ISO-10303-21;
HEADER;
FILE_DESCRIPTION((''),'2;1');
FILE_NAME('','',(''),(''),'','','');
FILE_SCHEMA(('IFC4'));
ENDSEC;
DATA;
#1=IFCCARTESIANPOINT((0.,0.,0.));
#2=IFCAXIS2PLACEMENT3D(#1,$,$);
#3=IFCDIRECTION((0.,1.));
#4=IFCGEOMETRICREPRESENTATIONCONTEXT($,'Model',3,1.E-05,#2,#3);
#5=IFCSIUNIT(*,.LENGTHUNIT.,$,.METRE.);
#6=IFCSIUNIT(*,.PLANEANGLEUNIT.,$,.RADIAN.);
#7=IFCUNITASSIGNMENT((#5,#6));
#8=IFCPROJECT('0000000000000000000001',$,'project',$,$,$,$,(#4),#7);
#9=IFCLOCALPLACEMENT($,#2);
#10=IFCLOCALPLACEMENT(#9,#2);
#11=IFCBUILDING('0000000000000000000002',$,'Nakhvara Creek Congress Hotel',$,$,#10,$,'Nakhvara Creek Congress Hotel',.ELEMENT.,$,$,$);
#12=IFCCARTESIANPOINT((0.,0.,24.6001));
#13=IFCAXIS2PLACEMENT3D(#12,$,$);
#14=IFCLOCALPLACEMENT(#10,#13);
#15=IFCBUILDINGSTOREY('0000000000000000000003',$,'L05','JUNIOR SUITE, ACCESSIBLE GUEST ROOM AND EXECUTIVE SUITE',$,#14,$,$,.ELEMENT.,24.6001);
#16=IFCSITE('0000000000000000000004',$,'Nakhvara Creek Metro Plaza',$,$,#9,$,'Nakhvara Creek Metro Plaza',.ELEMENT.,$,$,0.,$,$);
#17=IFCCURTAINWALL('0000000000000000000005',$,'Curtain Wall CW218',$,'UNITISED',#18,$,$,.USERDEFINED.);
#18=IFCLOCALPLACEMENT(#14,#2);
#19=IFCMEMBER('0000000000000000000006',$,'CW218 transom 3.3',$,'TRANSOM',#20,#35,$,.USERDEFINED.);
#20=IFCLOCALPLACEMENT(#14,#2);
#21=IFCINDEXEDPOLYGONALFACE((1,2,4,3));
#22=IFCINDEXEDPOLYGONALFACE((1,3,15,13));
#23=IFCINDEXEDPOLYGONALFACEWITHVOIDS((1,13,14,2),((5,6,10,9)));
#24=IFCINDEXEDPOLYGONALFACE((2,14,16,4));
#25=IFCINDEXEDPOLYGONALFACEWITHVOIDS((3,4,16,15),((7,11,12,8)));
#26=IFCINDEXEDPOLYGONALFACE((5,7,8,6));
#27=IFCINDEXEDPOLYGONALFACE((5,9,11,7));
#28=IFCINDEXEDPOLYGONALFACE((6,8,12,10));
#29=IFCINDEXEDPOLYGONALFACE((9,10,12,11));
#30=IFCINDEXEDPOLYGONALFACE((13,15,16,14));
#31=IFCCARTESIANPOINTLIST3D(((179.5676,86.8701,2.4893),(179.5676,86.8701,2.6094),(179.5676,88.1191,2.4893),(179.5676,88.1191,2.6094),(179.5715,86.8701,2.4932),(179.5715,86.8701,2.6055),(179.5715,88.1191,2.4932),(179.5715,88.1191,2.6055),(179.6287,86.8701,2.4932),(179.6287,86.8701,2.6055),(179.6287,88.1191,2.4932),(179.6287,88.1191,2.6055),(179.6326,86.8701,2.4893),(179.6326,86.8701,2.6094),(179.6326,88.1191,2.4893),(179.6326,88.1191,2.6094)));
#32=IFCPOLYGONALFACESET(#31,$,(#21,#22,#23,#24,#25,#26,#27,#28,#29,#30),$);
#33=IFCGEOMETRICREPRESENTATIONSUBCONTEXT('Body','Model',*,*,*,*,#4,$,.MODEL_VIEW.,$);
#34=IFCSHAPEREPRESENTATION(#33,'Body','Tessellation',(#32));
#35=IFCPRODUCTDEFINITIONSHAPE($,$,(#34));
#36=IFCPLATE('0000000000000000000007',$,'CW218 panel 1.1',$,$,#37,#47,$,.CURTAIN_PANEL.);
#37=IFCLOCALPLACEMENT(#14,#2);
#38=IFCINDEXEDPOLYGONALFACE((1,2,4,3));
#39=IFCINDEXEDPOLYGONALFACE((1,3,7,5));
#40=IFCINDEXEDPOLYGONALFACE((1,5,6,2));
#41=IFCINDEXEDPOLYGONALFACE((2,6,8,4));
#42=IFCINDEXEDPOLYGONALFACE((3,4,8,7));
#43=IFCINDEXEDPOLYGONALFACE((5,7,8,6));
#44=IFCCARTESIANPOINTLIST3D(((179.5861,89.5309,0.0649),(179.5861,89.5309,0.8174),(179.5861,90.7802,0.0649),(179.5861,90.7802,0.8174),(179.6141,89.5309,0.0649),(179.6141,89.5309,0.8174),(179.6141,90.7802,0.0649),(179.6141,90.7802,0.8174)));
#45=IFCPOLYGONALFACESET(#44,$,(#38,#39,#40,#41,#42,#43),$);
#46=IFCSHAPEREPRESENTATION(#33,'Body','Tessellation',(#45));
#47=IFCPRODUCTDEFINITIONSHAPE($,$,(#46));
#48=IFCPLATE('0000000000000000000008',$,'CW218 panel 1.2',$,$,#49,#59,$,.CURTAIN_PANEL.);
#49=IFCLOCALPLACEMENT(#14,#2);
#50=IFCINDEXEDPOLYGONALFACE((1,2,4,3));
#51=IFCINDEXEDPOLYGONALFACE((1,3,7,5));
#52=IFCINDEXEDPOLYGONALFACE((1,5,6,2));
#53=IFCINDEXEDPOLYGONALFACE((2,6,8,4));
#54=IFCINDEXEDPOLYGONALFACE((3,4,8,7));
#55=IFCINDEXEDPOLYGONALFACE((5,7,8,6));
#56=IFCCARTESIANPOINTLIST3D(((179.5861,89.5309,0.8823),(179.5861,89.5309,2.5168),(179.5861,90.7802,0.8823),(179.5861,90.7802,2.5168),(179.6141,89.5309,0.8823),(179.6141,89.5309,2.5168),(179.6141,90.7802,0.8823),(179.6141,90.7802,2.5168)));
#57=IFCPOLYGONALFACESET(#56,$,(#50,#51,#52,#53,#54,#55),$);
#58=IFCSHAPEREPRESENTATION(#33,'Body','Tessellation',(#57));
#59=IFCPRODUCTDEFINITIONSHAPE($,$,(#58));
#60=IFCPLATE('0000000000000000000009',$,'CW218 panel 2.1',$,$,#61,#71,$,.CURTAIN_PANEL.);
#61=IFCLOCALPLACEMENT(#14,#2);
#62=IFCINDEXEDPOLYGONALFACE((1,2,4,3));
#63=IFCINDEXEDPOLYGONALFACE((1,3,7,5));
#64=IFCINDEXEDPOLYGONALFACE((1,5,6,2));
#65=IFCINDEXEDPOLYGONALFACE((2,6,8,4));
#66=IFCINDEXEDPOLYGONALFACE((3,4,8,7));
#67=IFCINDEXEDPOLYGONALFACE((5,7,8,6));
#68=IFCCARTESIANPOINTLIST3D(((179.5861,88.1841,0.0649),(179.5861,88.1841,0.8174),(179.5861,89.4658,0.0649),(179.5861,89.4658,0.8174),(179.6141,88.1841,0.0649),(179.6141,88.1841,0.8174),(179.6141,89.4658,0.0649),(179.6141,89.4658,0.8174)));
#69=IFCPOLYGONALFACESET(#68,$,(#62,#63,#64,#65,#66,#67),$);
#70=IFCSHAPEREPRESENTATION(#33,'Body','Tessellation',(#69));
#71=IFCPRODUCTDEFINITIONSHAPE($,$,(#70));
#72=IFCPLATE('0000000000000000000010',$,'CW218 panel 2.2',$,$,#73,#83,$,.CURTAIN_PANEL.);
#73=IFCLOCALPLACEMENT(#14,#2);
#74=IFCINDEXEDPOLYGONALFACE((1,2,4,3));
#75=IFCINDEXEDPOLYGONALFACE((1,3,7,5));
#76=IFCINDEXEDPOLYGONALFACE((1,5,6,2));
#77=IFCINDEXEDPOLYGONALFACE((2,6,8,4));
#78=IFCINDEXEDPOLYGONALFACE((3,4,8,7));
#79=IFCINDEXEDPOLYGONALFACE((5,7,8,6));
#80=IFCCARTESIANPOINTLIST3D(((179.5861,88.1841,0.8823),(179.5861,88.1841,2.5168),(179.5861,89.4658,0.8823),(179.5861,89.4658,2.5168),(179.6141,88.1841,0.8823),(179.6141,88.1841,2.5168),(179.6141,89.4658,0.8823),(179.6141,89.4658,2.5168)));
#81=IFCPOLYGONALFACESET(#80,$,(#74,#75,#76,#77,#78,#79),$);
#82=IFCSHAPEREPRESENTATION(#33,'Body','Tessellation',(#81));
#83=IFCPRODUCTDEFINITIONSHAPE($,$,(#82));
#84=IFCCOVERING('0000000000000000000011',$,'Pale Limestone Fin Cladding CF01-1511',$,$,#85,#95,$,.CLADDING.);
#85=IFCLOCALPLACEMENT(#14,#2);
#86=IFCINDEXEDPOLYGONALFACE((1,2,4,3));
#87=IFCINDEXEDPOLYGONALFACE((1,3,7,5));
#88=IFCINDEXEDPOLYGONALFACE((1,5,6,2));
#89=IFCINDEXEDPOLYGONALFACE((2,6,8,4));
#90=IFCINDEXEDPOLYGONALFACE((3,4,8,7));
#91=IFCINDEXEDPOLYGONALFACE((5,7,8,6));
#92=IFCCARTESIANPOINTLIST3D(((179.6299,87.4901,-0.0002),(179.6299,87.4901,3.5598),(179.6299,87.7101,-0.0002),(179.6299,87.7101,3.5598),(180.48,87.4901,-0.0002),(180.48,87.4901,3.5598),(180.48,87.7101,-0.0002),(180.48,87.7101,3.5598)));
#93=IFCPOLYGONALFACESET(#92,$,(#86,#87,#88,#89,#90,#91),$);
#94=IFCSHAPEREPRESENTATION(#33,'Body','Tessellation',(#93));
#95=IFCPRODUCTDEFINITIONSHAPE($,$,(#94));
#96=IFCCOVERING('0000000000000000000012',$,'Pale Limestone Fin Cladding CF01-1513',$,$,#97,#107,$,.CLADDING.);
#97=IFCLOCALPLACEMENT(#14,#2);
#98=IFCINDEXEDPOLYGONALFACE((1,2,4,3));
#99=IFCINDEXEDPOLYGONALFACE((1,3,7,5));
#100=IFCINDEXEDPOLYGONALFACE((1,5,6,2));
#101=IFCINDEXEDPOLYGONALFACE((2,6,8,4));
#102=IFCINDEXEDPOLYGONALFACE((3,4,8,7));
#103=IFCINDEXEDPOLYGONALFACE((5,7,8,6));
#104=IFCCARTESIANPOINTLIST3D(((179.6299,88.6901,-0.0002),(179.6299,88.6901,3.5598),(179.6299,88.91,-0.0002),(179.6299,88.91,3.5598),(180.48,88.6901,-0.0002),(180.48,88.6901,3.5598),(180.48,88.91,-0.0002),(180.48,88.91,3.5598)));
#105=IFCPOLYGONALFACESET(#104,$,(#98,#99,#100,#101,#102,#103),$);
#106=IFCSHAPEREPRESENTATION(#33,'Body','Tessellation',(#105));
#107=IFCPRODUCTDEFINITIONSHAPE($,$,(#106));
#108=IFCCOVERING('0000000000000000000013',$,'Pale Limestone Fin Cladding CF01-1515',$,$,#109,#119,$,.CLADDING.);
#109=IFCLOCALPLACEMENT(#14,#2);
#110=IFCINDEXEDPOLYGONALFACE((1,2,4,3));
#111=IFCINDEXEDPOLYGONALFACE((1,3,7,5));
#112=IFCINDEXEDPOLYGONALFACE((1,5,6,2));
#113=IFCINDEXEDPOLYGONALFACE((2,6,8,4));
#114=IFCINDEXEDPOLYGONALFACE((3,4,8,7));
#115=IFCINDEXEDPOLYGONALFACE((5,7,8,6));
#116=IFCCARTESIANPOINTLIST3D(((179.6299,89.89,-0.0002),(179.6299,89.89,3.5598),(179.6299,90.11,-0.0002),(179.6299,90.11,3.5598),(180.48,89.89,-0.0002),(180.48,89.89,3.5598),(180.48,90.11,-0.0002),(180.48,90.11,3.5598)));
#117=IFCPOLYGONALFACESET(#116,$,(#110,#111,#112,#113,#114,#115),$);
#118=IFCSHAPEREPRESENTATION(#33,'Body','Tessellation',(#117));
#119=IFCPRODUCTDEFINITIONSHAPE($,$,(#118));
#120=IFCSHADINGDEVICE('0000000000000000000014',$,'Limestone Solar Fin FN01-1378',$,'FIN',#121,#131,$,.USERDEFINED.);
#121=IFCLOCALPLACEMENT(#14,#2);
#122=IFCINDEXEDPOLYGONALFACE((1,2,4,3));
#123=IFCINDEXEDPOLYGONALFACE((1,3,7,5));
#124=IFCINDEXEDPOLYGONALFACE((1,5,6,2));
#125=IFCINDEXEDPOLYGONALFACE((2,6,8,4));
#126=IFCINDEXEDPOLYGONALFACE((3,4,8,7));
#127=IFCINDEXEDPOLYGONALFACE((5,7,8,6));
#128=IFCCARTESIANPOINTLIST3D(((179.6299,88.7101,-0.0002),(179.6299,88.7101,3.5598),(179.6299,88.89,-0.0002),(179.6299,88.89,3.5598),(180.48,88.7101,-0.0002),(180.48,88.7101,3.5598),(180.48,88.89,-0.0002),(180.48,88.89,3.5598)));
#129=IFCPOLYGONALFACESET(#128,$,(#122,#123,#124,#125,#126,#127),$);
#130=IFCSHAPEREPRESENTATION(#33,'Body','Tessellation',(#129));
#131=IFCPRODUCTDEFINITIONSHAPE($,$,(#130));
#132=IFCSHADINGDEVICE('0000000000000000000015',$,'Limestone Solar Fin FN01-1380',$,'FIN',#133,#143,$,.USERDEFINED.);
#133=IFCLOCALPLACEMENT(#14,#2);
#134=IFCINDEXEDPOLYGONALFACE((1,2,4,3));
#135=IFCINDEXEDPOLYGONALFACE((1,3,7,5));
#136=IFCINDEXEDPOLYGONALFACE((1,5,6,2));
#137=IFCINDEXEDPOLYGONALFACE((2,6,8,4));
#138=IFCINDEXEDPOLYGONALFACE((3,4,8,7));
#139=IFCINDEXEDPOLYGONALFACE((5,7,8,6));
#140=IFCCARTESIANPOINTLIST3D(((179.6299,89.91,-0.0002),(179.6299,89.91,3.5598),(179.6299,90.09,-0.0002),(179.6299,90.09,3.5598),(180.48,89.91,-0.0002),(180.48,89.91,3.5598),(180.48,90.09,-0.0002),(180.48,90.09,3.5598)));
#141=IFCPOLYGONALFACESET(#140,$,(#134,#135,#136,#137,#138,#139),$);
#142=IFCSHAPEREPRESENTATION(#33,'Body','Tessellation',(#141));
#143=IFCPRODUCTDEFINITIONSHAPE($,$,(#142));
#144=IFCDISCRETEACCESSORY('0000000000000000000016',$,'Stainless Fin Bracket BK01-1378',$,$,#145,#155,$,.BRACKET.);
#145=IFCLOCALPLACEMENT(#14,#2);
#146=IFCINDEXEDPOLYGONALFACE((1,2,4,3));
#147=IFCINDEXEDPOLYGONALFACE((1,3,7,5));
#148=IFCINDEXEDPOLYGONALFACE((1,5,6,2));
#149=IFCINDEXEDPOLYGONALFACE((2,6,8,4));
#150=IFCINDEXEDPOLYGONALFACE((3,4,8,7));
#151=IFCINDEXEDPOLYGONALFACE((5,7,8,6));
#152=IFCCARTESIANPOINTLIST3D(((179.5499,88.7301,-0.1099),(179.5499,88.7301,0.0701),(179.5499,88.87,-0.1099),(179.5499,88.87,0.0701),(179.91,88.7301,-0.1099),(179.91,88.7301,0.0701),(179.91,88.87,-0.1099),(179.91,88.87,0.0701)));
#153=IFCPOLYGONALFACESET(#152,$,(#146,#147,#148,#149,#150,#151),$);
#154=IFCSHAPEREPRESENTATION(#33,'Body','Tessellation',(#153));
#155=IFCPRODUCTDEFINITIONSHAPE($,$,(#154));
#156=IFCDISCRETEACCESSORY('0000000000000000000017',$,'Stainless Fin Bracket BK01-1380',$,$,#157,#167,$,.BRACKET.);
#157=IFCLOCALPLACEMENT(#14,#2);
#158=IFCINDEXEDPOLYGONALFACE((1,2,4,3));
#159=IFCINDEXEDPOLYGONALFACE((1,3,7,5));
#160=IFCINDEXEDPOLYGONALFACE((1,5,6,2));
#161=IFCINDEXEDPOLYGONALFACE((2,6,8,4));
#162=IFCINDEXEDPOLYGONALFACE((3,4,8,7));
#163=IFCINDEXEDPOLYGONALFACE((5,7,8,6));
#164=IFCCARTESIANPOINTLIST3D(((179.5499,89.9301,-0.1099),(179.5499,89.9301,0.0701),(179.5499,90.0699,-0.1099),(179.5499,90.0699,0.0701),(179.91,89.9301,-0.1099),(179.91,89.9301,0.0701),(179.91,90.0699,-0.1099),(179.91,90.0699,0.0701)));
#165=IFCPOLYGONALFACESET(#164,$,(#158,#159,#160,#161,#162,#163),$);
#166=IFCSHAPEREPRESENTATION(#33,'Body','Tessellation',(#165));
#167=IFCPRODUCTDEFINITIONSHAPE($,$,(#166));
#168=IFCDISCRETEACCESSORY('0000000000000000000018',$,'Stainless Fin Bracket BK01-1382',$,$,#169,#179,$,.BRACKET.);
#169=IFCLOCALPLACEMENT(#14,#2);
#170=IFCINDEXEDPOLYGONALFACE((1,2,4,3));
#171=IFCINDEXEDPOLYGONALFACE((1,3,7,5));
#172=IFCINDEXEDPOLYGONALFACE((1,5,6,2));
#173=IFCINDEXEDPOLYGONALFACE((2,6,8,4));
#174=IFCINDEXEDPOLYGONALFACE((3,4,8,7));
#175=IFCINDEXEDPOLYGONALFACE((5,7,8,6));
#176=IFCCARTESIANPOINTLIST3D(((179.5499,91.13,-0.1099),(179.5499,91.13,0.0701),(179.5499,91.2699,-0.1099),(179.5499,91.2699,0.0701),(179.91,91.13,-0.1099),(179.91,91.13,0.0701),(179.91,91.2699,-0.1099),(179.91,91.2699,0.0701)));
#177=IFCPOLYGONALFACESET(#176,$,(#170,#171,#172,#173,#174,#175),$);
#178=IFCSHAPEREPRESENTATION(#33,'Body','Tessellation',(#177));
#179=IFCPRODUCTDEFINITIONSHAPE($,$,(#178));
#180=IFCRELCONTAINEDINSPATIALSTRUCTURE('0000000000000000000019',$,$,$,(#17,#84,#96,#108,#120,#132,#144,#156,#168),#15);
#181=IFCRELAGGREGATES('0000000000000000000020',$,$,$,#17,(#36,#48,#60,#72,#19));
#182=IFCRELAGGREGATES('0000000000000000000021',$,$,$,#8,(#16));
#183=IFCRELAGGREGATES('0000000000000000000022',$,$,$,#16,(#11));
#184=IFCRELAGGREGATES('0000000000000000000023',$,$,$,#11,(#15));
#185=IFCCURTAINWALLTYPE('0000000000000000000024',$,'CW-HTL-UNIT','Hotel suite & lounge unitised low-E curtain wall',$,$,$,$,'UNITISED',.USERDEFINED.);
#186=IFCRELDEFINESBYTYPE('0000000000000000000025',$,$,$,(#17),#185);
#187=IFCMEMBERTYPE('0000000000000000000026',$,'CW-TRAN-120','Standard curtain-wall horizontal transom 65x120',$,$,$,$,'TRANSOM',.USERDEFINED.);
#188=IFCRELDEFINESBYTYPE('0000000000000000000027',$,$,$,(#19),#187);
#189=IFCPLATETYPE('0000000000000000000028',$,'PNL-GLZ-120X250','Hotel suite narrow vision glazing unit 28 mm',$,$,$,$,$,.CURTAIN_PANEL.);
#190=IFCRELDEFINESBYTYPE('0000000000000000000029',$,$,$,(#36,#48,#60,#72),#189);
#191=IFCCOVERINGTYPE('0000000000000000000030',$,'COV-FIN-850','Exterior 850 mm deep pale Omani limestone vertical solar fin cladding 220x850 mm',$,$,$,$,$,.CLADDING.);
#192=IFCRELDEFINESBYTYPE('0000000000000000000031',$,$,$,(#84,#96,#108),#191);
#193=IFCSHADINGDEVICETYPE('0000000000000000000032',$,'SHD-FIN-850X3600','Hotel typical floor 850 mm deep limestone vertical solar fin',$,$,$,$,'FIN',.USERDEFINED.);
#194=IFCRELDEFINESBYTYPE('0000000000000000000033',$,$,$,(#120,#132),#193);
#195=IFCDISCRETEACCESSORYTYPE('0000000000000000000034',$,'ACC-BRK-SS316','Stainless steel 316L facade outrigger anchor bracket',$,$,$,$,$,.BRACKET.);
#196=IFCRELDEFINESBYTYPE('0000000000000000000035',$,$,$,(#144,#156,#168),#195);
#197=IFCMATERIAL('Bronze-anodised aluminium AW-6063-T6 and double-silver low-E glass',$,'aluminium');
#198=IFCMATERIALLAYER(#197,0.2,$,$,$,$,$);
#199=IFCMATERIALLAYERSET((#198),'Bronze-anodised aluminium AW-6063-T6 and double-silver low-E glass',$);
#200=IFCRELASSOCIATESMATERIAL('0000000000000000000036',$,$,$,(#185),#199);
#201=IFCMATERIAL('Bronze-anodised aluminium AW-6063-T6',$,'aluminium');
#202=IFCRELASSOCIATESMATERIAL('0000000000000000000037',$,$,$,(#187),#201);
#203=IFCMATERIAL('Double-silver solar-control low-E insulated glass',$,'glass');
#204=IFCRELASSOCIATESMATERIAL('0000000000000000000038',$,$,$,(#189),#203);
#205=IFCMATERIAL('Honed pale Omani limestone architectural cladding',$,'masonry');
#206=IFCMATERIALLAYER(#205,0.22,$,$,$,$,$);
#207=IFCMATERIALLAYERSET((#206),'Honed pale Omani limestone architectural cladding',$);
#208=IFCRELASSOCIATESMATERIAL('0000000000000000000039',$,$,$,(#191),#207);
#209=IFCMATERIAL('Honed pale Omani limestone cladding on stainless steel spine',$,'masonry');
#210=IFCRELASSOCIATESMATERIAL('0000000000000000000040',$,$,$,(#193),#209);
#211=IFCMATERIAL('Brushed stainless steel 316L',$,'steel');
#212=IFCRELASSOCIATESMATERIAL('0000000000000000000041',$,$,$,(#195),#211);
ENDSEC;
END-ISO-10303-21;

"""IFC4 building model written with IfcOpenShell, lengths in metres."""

from ifc_helpers import new_model, si_unit, direction, frame, origin, origin_2d, place, context, subcontext, project, spatial, rectangle, hollow_rectangle, extrude, material, layer, layer_set, material_profile, profile_set, type_object, element, aggregate, save


model = new_model("IFC4")

# Units and contexts
model_context = context("Model", 3, precision=1e-05, world=origin(), true_north=direction((0.0, 1.0)))
body_context = subcontext(model_context, "Body", "Model", "MODEL_VIEW")
ifc_project = project(units=[si_unit("LENGTHUNIT", "METRE"), si_unit("PLANEANGLEUNIT", "RADIAN")], contexts=[model_context])

# Site, building, storey
site_placement = place(None, origin())
site = spatial("IfcSite", under=ifc_project, at=site_placement, Name="Nakhvara Creek Metro Plaza", LongName="Nakhvara Creek Metro Plaza", CompositionType="ELEMENT", RefElevation=0.0)
building_placement = place(site_placement, origin())
building = spatial("IfcBuilding", under=site, at=building_placement, Name="Nakhvara Creek Congress Hotel", LongName="Nakhvara Creek Congress Hotel", CompositionType="ELEMENT")
storey_placement = place(building_placement, frame((0.0, 0.0, 24.6001)))
storey = spatial("IfcBuildingStorey", under=building, at=storey_placement, Name="L05", Description="JUNIOR SUITE, ACCESSIBLE GUEST ROOM AND EXECUTIVE SUITE", CompositionType="ELEMENT", Elevation=24.6001)

# Curtain wall, member, plates
ifc_material_1 = material(Name="Bronze-anodised aluminium AW-6063-T6 and double-silver low-E glass", Category="aluminium")
ifc_layer_1 = layer(ifc_material_1, 0.2)
ifc_layer_set_1 = layer_set([ifc_layer_1], Name="Bronze-anodised aluminium AW-6063-T6 and double-silver low-E glass")
curtain_wall_type = type_object("IfcCurtainWallType", Name="CW-HTL-UNIT", Description="Hotel suite & lounge unitised low-E curtain wall", ElementType="UNITISED", PredefinedType="USERDEFINED", material=ifc_layer_set_1)
curtain_wall_placement = place(storey_placement, origin())
curtain_wall = element("IfcCurtainWall", 1, at=curtain_wall_placement, inside=storey, type_object=curtain_wall_type, Name="Curtain Wall CW218", ObjectType="UNITISED", PredefinedType="USERDEFINED")
ifc_material_2 = material(Name="Bronze-anodised aluminium AW-6063-T6", Category="aluminium")
ifc_material_profile_1 = material_profile(ifc_material_2, hollow_rectangle(XDim=0.0649, YDim=0.1201, WallThickness=0.0039, at=origin_2d()), Name="ALU-TRAN 65x120x4", Category="LoadBearing")
ifc_profile_set_1 = profile_set([ifc_material_profile_1], Name="Bronze-anodised aluminium AW-6063-T6")
member_type_1 = type_object("IfcMemberType", Name="CW-TRAN-120", Description="Standard curtain-wall horizontal transom 65x120", ElementType="TRANSOM", PredefinedType="USERDEFINED", material=ifc_profile_set_1)
member_1_placement = place(storey_placement, frame((179.6001, 88.1191, 2.5493), z_axis=(0.0, -1.0, 0.0), x_axis=(1.0, 0.0, 0.0)))
member_1 = element("IfcMember", 2, at=member_1_placement, type_object=member_type_1, Name="CW218 transom 3.3", ObjectType="TRANSOM", PredefinedType="USERDEFINED", context=body_context, shape_type="SweptSolid", body=[
    extrude(hollow_rectangle(XDim=0.0649, YDim=0.1201, WallThickness=0.0039, at=origin_2d()), origin(), (0.0, 0.0, 1.0), 1.249),
])
ifc_material_3 = material(Name="Double-silver solar-control low-E insulated glass", Category="glass")
plate_type = type_object("IfcPlateType", Name="PNL-GLZ-120X250", Description="Hotel suite narrow vision glazing unit 28 mm", PredefinedType="CURTAIN_PANEL", material=ifc_material_3)
plate_1_placement = place(storey_placement, frame((179.6001, 90.1555, 0.0649), z_axis=(0.0, 0.0, 1.0), x_axis=(0.0, -1.0, 0.0)))
plate_1 = element("IfcPlate", 3, at=plate_1_placement, type_object=plate_type, Name="CW218 panel 1.1", PredefinedType="CURTAIN_PANEL", context=body_context, shape_type="SweptSolid", body=[
    extrude(rectangle(XDim=1.2493, YDim=0.0281, at=origin_2d()), origin(), (0.0, 0.0, 1.0), 0.7524),
])
plate_2_placement = place(storey_placement, frame((179.6001, 90.1555, 0.8823), z_axis=(0.0, 0.0, 1.0), x_axis=(0.0, -1.0, 0.0)))
plate_2 = element("IfcPlate", 4, at=plate_2_placement, type_object=plate_type, Name="CW218 panel 1.2", PredefinedType="CURTAIN_PANEL", context=body_context, shape_type="SweptSolid", body=[
    extrude(rectangle(XDim=1.2493, YDim=0.0281, at=origin_2d()), origin(), (0.0, 0.0, 1.0), 1.6345),
])
plate_3_placement = place(storey_placement, frame((179.6001, 88.825, 0.0649), z_axis=(0.0, 0.0, 1.0), x_axis=(0.0, -1.0, 0.0)))
plate_3 = element("IfcPlate", 5, at=plate_3_placement, type_object=plate_type, Name="CW218 panel 2.1", PredefinedType="CURTAIN_PANEL", context=body_context, shape_type="SweptSolid", body=[
    extrude(rectangle(XDim=1.2817, YDim=0.0281, at=origin_2d()), origin(), (0.0, 0.0, 1.0), 0.7524),
])
plate_4_placement = place(storey_placement, frame((179.6001, 88.825, 0.8823), z_axis=(0.0, 0.0, 1.0), x_axis=(0.0, -1.0, 0.0)))
plate_4 = element("IfcPlate", 6, at=plate_4_placement, type_object=plate_type, Name="CW218 panel 2.2", PredefinedType="CURTAIN_PANEL", context=body_context, shape_type="SweptSolid", body=[
    extrude(rectangle(XDim=1.2817, YDim=0.0281, at=origin_2d()), origin(), (0.0, 0.0, 1.0), 1.6345),
])
aggregate(curtain_wall, [plate_1, plate_2, plate_3, plate_4, member_1])

# Coverings
ifc_material_4 = material(Name="Honed pale Omani limestone architectural cladding", Category="masonry")
ifc_layer_2 = layer(ifc_material_4, 0.22)
ifc_layer_set_2 = layer_set([ifc_layer_2], Name="Honed pale Omani limestone architectural cladding")
covering_type = type_object("IfcCoveringType", Name="COV-FIN-850", Description="Exterior 850 mm deep pale Omani limestone vertical solar fin cladding 220x850 mm", PredefinedType="CLADDING", material=ifc_layer_set_2)
for number, where, z_axis, x_axis, name in (
    (7, (180.0549, 87.6001, -0.0002), (0.0, 0.0, 1.0), (0.0, 1.0, 0.0), "Pale Limestone Fin Cladding CF01-1511"),
    (8, (180.0549, 88.8, -0.0002), (0.0, 0.0, 1.0), (0.0, 1.0, 0.0), "Pale Limestone Fin Cladding CF01-1513"),
    (9, (180.0549, 90.0, -0.0002), (0.0, 0.0, 1.0), (0.0, 1.0, 0.0), "Pale Limestone Fin Cladding CF01-1515"),
):
    element("IfcCovering", number, at=place(storey_placement, frame(where, z_axis=z_axis, x_axis=x_axis)), inside=storey, type_object=covering_type, Name=name, PredefinedType="CLADDING", context=body_context, shape_type="SweptSolid", body=[
        extrude(rectangle(XDim=0.22, YDim=0.8501, at=origin_2d()), origin(), (0.0, 0.0, 1.0), 3.5601),
    ])

# Shading devices
ifc_material_5 = material(Name="Honed pale Omani limestone cladding on stainless steel spine", Category="masonry")
shading_device_type = type_object("IfcShadingDeviceType", Name="SHD-FIN-850X3600", Description="Hotel typical floor 850 mm deep limestone vertical solar fin", ElementType="FIN", PredefinedType="USERDEFINED", material=ifc_material_5)
for number, where, z_axis, x_axis, name in (
    (10, (180.0549, 88.8, -0.0002), (0.0, 0.0, 1.0), (0.0, 1.0, 0.0), "Limestone Solar Fin FN01-1378"),
    (11, (180.0549, 90.0, -0.0002), (0.0, 0.0, 1.0), (0.0, 1.0, 0.0), "Limestone Solar Fin FN01-1380"),
):
    element("IfcShadingDevice", number, at=place(storey_placement, frame(where, z_axis=z_axis, x_axis=x_axis)), inside=storey, type_object=shading_device_type, Name=name, ObjectType="FIN", PredefinedType="USERDEFINED", context=body_context, shape_type="SweptSolid", body=[
        extrude(rectangle(XDim=0.1799, YDim=0.8501, at=origin_2d()), origin(), (0.0, 0.0, 1.0), 3.5601),
    ])

# Discrete accessories
ifc_material_6 = material(Name="Brushed stainless steel 316L", Category="steel")
discrete_accessory_type = type_object("IfcDiscreteAccessoryType", Name="ACC-BRK-SS316", Description="Stainless steel 316L facade outrigger anchor bracket", PredefinedType="BRACKET", material=ifc_material_6)
for number, where, z_axis, x_axis, name in (
    (12, (179.73, 88.8, -0.1099), (0.0, 0.0, 1.0), (0.0, 1.0, 0.0), "Stainless Fin Bracket BK01-1378"),
    (13, (179.73, 90.0, -0.1099), (0.0, 0.0, 1.0), (0.0, 1.0, 0.0), "Stainless Fin Bracket BK01-1380"),
    (14, (179.73, 91.2, -0.1099), (0.0, 0.0, 1.0), (0.0, 1.0, 0.0), "Stainless Fin Bracket BK01-1382"),
):
    element("IfcDiscreteAccessory", number, at=place(storey_placement, frame(where, z_axis=z_axis, x_axis=x_axis)), inside=storey, type_object=discrete_accessory_type, Name=name, PredefinedType="BRACKET", context=body_context, shape_type="SweptSolid", body=[
        extrude(rectangle(XDim=0.1399, YDim=0.3601, at=origin_2d()), origin(), (0.0, 0.0, 1.0), 0.1799),
    ])

save(model, "model.ifc")
